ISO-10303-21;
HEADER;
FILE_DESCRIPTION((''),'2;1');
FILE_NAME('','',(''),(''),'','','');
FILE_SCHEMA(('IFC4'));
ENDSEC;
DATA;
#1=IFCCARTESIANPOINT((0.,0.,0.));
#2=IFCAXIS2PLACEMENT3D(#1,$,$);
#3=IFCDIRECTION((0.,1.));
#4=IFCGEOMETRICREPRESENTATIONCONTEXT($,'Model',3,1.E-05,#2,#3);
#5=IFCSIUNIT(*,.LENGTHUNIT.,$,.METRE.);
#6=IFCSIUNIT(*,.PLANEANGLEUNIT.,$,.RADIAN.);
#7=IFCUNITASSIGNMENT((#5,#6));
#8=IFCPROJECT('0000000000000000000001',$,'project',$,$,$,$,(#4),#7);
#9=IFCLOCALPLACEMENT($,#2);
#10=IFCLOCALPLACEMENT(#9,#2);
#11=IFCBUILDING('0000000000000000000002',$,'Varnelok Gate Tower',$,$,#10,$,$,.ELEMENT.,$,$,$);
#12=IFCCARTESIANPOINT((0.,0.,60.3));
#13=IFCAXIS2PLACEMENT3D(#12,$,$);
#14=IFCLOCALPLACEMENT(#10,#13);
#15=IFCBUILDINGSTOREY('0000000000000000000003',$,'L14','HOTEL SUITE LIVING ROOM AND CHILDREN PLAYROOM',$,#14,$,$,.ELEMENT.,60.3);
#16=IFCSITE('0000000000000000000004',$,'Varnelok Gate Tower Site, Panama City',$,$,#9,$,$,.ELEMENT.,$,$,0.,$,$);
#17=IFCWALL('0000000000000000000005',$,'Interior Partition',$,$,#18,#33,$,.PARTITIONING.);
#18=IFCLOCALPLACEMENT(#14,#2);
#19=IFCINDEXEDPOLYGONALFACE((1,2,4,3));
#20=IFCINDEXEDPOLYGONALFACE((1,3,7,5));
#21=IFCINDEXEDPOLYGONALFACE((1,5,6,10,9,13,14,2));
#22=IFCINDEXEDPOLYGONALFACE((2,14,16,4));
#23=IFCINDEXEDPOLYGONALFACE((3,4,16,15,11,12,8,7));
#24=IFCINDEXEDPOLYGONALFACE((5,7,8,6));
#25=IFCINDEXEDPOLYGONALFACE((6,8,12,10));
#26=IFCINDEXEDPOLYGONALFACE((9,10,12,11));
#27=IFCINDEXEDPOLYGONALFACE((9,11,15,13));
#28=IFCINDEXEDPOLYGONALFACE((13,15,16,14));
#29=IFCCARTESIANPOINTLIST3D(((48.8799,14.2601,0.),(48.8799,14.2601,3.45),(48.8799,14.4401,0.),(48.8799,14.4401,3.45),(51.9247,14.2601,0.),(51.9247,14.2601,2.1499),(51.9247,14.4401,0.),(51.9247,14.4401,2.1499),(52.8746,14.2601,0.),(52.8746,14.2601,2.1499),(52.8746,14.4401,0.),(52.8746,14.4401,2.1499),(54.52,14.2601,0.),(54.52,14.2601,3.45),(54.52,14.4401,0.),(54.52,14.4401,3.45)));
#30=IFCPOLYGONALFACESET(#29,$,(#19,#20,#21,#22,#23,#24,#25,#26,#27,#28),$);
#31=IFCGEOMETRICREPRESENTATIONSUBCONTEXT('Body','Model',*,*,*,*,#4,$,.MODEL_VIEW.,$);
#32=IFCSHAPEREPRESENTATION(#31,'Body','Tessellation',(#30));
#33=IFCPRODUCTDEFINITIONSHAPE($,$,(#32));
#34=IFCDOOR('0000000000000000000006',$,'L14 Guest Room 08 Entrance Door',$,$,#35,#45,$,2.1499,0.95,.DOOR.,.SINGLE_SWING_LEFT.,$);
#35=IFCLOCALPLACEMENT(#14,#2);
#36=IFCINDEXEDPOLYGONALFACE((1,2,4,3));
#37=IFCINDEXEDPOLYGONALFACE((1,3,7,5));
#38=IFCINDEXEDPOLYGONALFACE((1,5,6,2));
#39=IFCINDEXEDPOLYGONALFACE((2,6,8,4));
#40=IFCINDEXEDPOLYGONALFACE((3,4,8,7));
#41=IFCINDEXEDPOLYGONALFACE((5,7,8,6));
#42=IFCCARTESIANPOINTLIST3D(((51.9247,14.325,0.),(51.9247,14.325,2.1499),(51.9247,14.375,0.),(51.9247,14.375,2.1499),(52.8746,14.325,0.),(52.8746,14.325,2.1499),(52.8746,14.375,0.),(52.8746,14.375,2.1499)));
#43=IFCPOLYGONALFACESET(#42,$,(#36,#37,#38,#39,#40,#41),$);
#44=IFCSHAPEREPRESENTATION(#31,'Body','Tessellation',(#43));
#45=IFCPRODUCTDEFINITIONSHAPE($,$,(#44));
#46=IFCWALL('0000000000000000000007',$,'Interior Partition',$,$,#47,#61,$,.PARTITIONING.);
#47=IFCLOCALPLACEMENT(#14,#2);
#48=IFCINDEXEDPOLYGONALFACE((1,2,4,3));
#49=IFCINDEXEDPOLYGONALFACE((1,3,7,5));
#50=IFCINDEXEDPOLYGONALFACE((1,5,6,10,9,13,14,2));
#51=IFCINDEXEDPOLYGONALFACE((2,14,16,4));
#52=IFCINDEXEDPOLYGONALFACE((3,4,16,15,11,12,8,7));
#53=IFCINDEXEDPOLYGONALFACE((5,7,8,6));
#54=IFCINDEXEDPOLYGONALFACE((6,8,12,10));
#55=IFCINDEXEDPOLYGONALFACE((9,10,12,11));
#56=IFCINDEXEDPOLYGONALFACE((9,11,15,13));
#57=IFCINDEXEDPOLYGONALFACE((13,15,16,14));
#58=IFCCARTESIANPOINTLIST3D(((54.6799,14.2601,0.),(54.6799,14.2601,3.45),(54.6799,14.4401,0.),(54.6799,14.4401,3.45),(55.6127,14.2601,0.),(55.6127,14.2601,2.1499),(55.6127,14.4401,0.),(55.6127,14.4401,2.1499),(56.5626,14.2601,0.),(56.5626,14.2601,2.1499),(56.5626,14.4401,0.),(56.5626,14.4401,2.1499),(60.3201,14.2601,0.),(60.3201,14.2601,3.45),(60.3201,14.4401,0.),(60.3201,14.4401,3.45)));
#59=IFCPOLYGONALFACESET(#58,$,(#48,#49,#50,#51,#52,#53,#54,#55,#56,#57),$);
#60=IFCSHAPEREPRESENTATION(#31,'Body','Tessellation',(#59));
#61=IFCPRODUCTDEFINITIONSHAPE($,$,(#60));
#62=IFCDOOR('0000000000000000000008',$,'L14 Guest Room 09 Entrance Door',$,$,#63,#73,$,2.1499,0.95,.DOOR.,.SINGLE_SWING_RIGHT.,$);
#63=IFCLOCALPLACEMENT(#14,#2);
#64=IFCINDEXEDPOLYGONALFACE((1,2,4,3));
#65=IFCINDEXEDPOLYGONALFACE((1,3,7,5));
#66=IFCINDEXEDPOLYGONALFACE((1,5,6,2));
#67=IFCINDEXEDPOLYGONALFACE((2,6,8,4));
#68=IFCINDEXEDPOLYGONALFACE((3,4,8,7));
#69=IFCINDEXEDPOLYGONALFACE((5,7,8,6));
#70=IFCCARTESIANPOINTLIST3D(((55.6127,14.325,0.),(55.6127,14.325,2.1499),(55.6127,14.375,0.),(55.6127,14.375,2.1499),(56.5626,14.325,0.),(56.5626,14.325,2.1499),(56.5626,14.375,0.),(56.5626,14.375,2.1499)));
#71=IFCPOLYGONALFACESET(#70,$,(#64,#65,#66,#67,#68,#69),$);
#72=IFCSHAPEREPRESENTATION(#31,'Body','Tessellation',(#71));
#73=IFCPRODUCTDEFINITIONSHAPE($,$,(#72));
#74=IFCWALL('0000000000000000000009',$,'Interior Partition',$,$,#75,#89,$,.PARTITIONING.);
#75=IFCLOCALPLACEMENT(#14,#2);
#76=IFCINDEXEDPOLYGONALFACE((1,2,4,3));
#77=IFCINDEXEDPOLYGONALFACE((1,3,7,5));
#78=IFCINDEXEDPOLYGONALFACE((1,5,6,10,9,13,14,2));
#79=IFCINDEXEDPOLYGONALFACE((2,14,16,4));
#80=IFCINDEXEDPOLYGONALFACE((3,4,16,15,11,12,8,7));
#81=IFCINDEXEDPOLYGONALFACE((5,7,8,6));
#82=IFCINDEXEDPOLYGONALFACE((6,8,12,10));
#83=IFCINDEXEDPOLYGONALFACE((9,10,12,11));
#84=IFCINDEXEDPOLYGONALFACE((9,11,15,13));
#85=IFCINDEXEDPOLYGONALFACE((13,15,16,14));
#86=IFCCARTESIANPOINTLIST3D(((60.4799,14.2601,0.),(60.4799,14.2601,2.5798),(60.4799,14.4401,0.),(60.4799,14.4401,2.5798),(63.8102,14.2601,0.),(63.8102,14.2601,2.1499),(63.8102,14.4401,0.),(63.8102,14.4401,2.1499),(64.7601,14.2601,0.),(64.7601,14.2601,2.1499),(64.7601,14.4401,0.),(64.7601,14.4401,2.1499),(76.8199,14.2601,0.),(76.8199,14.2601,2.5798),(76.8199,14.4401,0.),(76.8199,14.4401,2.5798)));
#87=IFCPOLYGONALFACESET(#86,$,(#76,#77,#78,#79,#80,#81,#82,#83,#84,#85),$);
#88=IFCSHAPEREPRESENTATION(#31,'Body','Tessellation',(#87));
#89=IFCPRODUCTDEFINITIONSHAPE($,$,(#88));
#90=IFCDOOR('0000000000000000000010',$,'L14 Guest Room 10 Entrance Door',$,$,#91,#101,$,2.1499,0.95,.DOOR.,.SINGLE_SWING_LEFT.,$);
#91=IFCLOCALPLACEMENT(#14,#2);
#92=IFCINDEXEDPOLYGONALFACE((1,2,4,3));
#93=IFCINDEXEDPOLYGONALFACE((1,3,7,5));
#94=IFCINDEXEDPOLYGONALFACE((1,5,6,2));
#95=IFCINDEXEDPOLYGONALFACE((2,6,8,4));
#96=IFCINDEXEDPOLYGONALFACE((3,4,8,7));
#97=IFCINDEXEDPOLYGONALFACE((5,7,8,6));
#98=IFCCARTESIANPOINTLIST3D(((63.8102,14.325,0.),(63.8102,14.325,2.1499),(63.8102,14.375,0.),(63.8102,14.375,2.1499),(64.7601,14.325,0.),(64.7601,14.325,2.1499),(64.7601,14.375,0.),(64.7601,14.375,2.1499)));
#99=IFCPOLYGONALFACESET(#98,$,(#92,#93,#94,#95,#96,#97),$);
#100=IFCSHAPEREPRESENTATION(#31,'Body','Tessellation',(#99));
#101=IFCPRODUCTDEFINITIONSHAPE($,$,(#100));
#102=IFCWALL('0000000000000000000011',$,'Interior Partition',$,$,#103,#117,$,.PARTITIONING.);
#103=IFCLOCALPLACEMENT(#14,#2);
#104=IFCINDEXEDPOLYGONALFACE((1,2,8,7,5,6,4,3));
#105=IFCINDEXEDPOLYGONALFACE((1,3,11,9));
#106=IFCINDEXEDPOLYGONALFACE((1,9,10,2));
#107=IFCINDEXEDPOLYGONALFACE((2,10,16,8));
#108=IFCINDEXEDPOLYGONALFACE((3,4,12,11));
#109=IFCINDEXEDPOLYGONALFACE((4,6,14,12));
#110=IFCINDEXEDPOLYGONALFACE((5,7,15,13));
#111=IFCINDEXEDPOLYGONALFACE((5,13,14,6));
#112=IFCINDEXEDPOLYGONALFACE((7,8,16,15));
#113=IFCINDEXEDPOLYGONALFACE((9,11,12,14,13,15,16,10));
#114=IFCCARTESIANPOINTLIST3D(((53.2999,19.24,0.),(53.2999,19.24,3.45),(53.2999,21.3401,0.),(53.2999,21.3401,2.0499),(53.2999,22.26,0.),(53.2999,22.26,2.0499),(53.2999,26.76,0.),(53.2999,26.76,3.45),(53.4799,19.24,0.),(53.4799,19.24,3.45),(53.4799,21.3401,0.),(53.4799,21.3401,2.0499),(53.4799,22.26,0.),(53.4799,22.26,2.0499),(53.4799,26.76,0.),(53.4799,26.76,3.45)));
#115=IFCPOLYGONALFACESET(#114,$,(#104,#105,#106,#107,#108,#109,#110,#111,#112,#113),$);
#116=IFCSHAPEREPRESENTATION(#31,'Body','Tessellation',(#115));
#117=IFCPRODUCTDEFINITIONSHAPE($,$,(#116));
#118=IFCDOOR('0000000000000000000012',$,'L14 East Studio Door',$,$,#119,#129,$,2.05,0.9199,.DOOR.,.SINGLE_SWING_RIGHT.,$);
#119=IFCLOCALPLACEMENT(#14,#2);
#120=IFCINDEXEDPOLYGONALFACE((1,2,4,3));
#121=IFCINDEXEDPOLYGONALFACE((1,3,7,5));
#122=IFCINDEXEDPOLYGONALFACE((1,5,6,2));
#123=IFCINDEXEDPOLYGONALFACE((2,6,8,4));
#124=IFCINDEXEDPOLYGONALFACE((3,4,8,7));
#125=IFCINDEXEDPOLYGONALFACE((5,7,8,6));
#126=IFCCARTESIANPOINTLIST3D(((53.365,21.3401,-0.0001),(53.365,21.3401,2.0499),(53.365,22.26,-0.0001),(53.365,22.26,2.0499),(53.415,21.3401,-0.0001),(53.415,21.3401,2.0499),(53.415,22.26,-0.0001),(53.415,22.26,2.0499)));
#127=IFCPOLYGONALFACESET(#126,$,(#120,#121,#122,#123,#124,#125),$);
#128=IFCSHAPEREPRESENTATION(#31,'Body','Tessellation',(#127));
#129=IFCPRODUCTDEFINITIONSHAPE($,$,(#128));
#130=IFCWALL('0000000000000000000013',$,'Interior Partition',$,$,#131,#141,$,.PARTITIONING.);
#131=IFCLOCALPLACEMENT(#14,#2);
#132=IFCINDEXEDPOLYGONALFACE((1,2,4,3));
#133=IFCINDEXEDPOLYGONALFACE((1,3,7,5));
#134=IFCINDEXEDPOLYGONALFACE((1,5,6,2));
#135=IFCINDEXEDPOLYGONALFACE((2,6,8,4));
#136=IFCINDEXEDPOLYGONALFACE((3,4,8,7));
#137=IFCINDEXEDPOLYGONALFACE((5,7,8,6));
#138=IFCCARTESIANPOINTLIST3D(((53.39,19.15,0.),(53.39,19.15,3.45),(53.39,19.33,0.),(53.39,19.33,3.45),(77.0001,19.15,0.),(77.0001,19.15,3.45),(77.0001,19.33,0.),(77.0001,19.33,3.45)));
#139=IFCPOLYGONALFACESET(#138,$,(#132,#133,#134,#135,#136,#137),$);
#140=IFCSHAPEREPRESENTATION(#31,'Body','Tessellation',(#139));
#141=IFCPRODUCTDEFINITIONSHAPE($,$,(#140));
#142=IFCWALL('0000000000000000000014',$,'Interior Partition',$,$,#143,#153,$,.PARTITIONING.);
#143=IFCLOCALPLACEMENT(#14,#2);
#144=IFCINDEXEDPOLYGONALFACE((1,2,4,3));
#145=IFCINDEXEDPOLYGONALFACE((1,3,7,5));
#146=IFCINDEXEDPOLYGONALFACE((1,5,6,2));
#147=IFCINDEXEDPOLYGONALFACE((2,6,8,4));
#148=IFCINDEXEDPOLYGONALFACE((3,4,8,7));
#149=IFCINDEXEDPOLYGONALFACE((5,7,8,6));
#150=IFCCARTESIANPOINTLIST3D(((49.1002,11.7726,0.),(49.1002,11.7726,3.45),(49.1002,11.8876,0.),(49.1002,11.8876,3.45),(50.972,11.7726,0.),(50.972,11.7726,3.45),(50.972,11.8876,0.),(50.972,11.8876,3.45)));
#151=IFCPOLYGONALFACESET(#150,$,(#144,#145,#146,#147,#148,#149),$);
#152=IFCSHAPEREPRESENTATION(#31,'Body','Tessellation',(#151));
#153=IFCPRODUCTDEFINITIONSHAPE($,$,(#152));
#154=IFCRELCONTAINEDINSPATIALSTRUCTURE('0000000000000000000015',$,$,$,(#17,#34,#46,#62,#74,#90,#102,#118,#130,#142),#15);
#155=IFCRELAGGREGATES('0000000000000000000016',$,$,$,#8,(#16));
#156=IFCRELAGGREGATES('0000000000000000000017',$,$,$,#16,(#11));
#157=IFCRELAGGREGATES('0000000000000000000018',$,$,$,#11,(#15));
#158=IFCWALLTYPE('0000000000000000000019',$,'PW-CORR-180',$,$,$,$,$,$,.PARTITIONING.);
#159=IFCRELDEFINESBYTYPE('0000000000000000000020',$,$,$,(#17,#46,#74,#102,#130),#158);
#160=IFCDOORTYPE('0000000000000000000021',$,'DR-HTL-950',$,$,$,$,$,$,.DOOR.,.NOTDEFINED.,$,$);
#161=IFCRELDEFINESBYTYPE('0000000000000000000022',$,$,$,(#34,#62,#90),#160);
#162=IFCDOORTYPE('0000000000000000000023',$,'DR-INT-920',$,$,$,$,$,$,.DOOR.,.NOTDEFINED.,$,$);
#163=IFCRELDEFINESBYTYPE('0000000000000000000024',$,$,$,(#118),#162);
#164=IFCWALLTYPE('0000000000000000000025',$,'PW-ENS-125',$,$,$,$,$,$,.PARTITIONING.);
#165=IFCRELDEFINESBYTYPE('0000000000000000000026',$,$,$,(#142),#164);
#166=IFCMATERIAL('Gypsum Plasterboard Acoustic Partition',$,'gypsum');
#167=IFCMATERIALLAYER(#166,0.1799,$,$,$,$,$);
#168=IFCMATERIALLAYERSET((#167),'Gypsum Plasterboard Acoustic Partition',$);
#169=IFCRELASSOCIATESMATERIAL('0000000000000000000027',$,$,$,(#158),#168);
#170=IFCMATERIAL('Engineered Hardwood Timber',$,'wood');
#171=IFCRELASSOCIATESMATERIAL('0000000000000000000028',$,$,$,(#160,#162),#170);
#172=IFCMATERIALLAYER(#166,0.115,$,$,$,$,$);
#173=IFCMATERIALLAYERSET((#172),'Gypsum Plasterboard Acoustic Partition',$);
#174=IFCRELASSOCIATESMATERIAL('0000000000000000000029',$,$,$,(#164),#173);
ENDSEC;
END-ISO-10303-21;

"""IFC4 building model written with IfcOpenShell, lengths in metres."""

from ifc_helpers import new_model, si_unit, direction, frame, frame_2d, origin, place, context, subcontext, project, spatial, rectangle, extrude, material, layer, layer_set, type_object, element, fill, save


model = new_model("IFC4")

# Units and contexts
model_context = context("Model", 3, precision=1e-05, world=origin(), true_north=direction((0.0, 1.0)))
body_context = subcontext(model_context, "Body", "Model", "MODEL_VIEW")
ifc_project = project(units=[si_unit("LENGTHUNIT", "METRE"), si_unit("PLANEANGLEUNIT", "RADIAN")], contexts=[model_context])

# Site, building, storey
site_placement = place(None, origin())
site = spatial("IfcSite", under=ifc_project, at=site_placement, Name="Varnelok Gate Tower Site, Panama City", CompositionType="ELEMENT", RefElevation=0.0)
building_placement = place(site_placement, origin())
building = spatial("IfcBuilding", under=site, at=building_placement, Name="Varnelok Gate Tower", CompositionType="ELEMENT")
storey_placement = place(building_placement, frame((0.0, 0.0, 60.3)))
storey = spatial("IfcBuildingStorey", under=building, at=storey_placement, Name="L14", Description="HOTEL SUITE LIVING ROOM AND CHILDREN PLAYROOM", CompositionType="ELEMENT", Elevation=60.3)

# Walls, openings, doors
ifc_material_1 = material(Name="Gypsum Plasterboard Acoustic Partition", Category="gypsum")
ifc_layer_1 = layer(ifc_material_1, 0.1799)
ifc_layer_set_1 = layer_set([ifc_layer_1], Name="Gypsum Plasterboard Acoustic Partition")
wall_type_1 = type_object("IfcWallType", Name="PW-CORR-180", PredefinedType="PARTITIONING", material=ifc_layer_set_1)
ifc_material_2 = material(Name="Engineered Hardwood Timber", Category="wood")
door_type_1 = type_object("IfcDoorType", Name="DR-HTL-950", OperationType="NOTDEFINED", PredefinedType="DOOR", material=ifc_material_2)
wall_1_placement = place(storey_placement, frame((48.8799, 14.3501, 0.0), z_axis=(0.0, 0.0, 1.0), x_axis=(1.0, 0.0, 0.0)))
wall_1 = element("IfcWall", 1, at=wall_1_placement, inside=storey, type_object=wall_type_1, Name="Interior Partition", PredefinedType="PARTITIONING", context=body_context, shape_type="SweptSolid", body=[
    extrude(rectangle(XDim=5.6401, YDim=0.1799, at=frame_2d((2.8201, 0.0))), origin(), (0.0, 0.0, 1.0), 3.45),
])
opening_1_placement = place(wall_1_placement, frame((3.0447, 0.0, 0.0)))
opening_1 = element("IfcOpeningElement", 2, at=opening_1_placement, cuts=wall_1, PredefinedType="OPENING", context=body_context, shape_type="SweptSolid", body=[
    extrude(rectangle(XDim=0.95, YDim=2.1499, at=frame_2d((0.4751, 1.075))), frame((0.0, 0.0999, 0.0), z_axis=(0.0, -1.0, 0.0), x_axis=(1.0, 0.0, 0.0)), (0.0, 0.0, 1.0), 0.2),
])
door_1_placement = place(opening_1_placement, origin())
door_1 = element("IfcDoor", 3, at=door_1_placement, inside=storey, type_object=door_type_1, Name="L14 Guest Room 08 Entrance Door", OperationType="SINGLE_SWING_LEFT", OverallHeight=2.1499, OverallWidth=0.95, PredefinedType="DOOR", context=body_context, shape_type="SweptSolid", body=[
    extrude(rectangle(XDim=0.95, YDim=2.1499, at=frame_2d((0.4751, 1.075))), frame((0.0, 0.0249, 0.0), z_axis=(0.0, -1.0, 0.0), x_axis=(1.0, 0.0, 0.0)), (0.0, 0.0, 1.0), 0.05),
])
fill(opening_1, door_1)
wall_2_placement = place(storey_placement, frame((54.6799, 14.3501, 0.0), z_axis=(0.0, 0.0, 1.0), x_axis=(1.0, 0.0, 0.0)))
wall_2 = element("IfcWall", 4, at=wall_2_placement, inside=storey, type_object=wall_type_1, Name="Interior Partition", PredefinedType="PARTITIONING", context=body_context, shape_type="SweptSolid", body=[
    extrude(rectangle(XDim=5.6401, YDim=0.1799, at=frame_2d((2.8201, 0.0))), origin(), (0.0, 0.0, 1.0), 3.45),
])
opening_2_placement = place(wall_2_placement, frame((0.9326, 0.0, 0.0)))
opening_2 = element("IfcOpeningElement", 5, at=opening_2_placement, cuts=wall_2, PredefinedType="OPENING", context=body_context, shape_type="SweptSolid", body=[
    extrude(rectangle(XDim=0.95, YDim=2.1499, at=frame_2d((0.4751, 1.075))), frame((0.0, 0.0999, 0.0), z_axis=(0.0, -1.0, 0.0), x_axis=(1.0, 0.0, 0.0)), (0.0, 0.0, 1.0), 0.2),
])
door_2_placement = place(opening_2_placement, origin())
door_2 = element("IfcDoor", 6, at=door_2_placement, inside=storey, type_object=door_type_1, Name="L14 Guest Room 09 Entrance Door", OperationType="SINGLE_SWING_RIGHT", OverallHeight=2.1499, OverallWidth=0.95, PredefinedType="DOOR", context=body_context, shape_type="SweptSolid", body=[
    extrude(rectangle(XDim=0.95, YDim=2.1499, at=frame_2d((0.4751, 1.075))), frame((0.0, 0.0249, 0.0), z_axis=(0.0, -1.0, 0.0), x_axis=(1.0, 0.0, 0.0)), (0.0, 0.0, 1.0), 0.05),
])
fill(opening_2, door_2)
wall_3_placement = place(storey_placement, frame((60.48, 14.3501, 0.0), z_axis=(0.0, 0.0, 1.0), x_axis=(1.0, 0.0, 0.0)))
wall_3 = element("IfcWall", 7, at=wall_3_placement, inside=storey, type_object=wall_type_1, Name="Interior Partition", PredefinedType="PARTITIONING", context=body_context, shape_type="SweptSolid", body=[
    extrude(rectangle(XDim=16.3401, YDim=0.1799, at=frame_2d((8.1699, 0.0))), origin(), (0.0, 0.0, 1.0), 2.5798),
])
opening_3_placement = place(wall_3_placement, frame((3.3301, 0.0, 0.0)))
opening_3 = element("IfcOpeningElement", 8, at=opening_3_placement, cuts=wall_3, PredefinedType="OPENING", context=body_context, shape_type="SweptSolid", body=[
    extrude(rectangle(XDim=0.95, YDim=2.1499, at=frame_2d((0.4751, 1.075))), frame((0.0, 0.0999, 0.0), z_axis=(0.0, -1.0, 0.0), x_axis=(1.0, 0.0, 0.0)), (0.0, 0.0, 1.0), 0.2),
])
door_3_placement = place(opening_3_placement, origin())
door_3 = element("IfcDoor", 9, at=door_3_placement, inside=storey, type_object=door_type_1, Name="L14 Guest Room 10 Entrance Door", OperationType="SINGLE_SWING_LEFT", OverallHeight=2.1499, OverallWidth=0.95, PredefinedType="DOOR", context=body_context, shape_type="SweptSolid", body=[
    extrude(rectangle(XDim=0.95, YDim=2.1499, at=frame_2d((0.4751, 1.075))), frame((0.0, 0.0249, 0.0), z_axis=(0.0, -1.0, 0.0), x_axis=(1.0, 0.0, 0.0)), (0.0, 0.0, 1.0), 0.05),
])
fill(opening_3, door_3)
wall_4_placement = place(storey_placement, frame((53.3899, 19.24, 0.0), z_axis=(0.0, 0.0, 1.0), x_axis=(0.0, 1.0, 0.0)))
wall_4 = element("IfcWall", 10, at=wall_4_placement, inside=storey, type_object=wall_type_1, Name="Interior Partition", PredefinedType="PARTITIONING", context=body_context, shape_type="SweptSolid", body=[
    extrude(rectangle(XDim=7.52, YDim=0.1799, at=frame_2d((3.76, 0.0))), origin(), (0.0, 0.0, 1.0), 3.45),
])
opening_4_placement = place(wall_4_placement, frame((2.1001, 0.0, 0.0)))
opening_4 = element("IfcOpeningElement", 11, at=opening_4_placement, cuts=wall_4, PredefinedType="OPENING", context=body_context, shape_type="SweptSolid", body=[
    extrude(rectangle(XDim=0.9199, YDim=2.05, at=frame_2d((0.46, 1.0249))), frame((0.0, 0.0999, 0.0), z_axis=(0.0, -1.0, 0.0), x_axis=(1.0, 0.0, 0.0)), (0.0, 0.0, 1.0), 0.2),
])
door_type_2 = type_object("IfcDoorType", Name="DR-INT-920", OperationType="NOTDEFINED", PredefinedType="DOOR", material=ifc_material_2)
door_4_placement = place(opening_4_placement, origin())
door_4 = element("IfcDoor", 12, at=door_4_placement, inside=storey, type_object=door_type_2, Name="L14 East Studio Door", OperationType="SINGLE_SWING_RIGHT", OverallHeight=2.05, OverallWidth=0.9199, PredefinedType="DOOR", context=body_context, shape_type="SweptSolid", body=[
    extrude(rectangle(XDim=0.9199, YDim=2.05, at=frame_2d((0.46, 1.0249))), frame((0.0, 0.0249, 0.0), z_axis=(0.0, -1.0, 0.0), x_axis=(1.0, 0.0, 0.0)), (0.0, 0.0, 1.0), 0.05),
])
fill(opening_4, door_4)

# Walls
wall_5_placement = place(storey_placement, frame((53.3899, 19.24, 0.0), z_axis=(0.0, 0.0, 1.0), x_axis=(1.0, 0.0, 0.0)))
element("IfcWall", 13, at=wall_5_placement, inside=storey, type_object=wall_type_1, Name="Interior Partition", PredefinedType="PARTITIONING", context=body_context, shape_type="SweptSolid", body=[
    extrude(rectangle(XDim=23.6101, YDim=0.1799, at=frame_2d((11.8052, 0.0))), origin(), (0.0, 0.0, 1.0), 3.45),
])
ifc_layer_2 = layer(ifc_material_1, 0.115)
ifc_layer_set_2 = layer_set([ifc_layer_2], Name="Gypsum Plasterboard Acoustic Partition")
wall_type_2 = type_object("IfcWallType", Name="PW-ENS-125", PredefinedType="PARTITIONING", material=ifc_layer_set_2)
wall_6_placement = place(storey_placement, frame((49.1001, 11.8301, 0.0), z_axis=(0.0, 0.0, 1.0), x_axis=(1.0, 0.0, 0.0)))
element("IfcWall", 14, at=wall_6_placement, inside=storey, type_object=wall_type_2, Name="Interior Partition", PredefinedType="PARTITIONING", context=body_context, shape_type="SweptSolid", body=[
    extrude(rectangle(XDim=1.8718, YDim=0.115, at=frame_2d((0.936, 0.0))), origin(), (0.0, 0.0, 1.0), 3.45),
])

save(model, "model.ifc")
